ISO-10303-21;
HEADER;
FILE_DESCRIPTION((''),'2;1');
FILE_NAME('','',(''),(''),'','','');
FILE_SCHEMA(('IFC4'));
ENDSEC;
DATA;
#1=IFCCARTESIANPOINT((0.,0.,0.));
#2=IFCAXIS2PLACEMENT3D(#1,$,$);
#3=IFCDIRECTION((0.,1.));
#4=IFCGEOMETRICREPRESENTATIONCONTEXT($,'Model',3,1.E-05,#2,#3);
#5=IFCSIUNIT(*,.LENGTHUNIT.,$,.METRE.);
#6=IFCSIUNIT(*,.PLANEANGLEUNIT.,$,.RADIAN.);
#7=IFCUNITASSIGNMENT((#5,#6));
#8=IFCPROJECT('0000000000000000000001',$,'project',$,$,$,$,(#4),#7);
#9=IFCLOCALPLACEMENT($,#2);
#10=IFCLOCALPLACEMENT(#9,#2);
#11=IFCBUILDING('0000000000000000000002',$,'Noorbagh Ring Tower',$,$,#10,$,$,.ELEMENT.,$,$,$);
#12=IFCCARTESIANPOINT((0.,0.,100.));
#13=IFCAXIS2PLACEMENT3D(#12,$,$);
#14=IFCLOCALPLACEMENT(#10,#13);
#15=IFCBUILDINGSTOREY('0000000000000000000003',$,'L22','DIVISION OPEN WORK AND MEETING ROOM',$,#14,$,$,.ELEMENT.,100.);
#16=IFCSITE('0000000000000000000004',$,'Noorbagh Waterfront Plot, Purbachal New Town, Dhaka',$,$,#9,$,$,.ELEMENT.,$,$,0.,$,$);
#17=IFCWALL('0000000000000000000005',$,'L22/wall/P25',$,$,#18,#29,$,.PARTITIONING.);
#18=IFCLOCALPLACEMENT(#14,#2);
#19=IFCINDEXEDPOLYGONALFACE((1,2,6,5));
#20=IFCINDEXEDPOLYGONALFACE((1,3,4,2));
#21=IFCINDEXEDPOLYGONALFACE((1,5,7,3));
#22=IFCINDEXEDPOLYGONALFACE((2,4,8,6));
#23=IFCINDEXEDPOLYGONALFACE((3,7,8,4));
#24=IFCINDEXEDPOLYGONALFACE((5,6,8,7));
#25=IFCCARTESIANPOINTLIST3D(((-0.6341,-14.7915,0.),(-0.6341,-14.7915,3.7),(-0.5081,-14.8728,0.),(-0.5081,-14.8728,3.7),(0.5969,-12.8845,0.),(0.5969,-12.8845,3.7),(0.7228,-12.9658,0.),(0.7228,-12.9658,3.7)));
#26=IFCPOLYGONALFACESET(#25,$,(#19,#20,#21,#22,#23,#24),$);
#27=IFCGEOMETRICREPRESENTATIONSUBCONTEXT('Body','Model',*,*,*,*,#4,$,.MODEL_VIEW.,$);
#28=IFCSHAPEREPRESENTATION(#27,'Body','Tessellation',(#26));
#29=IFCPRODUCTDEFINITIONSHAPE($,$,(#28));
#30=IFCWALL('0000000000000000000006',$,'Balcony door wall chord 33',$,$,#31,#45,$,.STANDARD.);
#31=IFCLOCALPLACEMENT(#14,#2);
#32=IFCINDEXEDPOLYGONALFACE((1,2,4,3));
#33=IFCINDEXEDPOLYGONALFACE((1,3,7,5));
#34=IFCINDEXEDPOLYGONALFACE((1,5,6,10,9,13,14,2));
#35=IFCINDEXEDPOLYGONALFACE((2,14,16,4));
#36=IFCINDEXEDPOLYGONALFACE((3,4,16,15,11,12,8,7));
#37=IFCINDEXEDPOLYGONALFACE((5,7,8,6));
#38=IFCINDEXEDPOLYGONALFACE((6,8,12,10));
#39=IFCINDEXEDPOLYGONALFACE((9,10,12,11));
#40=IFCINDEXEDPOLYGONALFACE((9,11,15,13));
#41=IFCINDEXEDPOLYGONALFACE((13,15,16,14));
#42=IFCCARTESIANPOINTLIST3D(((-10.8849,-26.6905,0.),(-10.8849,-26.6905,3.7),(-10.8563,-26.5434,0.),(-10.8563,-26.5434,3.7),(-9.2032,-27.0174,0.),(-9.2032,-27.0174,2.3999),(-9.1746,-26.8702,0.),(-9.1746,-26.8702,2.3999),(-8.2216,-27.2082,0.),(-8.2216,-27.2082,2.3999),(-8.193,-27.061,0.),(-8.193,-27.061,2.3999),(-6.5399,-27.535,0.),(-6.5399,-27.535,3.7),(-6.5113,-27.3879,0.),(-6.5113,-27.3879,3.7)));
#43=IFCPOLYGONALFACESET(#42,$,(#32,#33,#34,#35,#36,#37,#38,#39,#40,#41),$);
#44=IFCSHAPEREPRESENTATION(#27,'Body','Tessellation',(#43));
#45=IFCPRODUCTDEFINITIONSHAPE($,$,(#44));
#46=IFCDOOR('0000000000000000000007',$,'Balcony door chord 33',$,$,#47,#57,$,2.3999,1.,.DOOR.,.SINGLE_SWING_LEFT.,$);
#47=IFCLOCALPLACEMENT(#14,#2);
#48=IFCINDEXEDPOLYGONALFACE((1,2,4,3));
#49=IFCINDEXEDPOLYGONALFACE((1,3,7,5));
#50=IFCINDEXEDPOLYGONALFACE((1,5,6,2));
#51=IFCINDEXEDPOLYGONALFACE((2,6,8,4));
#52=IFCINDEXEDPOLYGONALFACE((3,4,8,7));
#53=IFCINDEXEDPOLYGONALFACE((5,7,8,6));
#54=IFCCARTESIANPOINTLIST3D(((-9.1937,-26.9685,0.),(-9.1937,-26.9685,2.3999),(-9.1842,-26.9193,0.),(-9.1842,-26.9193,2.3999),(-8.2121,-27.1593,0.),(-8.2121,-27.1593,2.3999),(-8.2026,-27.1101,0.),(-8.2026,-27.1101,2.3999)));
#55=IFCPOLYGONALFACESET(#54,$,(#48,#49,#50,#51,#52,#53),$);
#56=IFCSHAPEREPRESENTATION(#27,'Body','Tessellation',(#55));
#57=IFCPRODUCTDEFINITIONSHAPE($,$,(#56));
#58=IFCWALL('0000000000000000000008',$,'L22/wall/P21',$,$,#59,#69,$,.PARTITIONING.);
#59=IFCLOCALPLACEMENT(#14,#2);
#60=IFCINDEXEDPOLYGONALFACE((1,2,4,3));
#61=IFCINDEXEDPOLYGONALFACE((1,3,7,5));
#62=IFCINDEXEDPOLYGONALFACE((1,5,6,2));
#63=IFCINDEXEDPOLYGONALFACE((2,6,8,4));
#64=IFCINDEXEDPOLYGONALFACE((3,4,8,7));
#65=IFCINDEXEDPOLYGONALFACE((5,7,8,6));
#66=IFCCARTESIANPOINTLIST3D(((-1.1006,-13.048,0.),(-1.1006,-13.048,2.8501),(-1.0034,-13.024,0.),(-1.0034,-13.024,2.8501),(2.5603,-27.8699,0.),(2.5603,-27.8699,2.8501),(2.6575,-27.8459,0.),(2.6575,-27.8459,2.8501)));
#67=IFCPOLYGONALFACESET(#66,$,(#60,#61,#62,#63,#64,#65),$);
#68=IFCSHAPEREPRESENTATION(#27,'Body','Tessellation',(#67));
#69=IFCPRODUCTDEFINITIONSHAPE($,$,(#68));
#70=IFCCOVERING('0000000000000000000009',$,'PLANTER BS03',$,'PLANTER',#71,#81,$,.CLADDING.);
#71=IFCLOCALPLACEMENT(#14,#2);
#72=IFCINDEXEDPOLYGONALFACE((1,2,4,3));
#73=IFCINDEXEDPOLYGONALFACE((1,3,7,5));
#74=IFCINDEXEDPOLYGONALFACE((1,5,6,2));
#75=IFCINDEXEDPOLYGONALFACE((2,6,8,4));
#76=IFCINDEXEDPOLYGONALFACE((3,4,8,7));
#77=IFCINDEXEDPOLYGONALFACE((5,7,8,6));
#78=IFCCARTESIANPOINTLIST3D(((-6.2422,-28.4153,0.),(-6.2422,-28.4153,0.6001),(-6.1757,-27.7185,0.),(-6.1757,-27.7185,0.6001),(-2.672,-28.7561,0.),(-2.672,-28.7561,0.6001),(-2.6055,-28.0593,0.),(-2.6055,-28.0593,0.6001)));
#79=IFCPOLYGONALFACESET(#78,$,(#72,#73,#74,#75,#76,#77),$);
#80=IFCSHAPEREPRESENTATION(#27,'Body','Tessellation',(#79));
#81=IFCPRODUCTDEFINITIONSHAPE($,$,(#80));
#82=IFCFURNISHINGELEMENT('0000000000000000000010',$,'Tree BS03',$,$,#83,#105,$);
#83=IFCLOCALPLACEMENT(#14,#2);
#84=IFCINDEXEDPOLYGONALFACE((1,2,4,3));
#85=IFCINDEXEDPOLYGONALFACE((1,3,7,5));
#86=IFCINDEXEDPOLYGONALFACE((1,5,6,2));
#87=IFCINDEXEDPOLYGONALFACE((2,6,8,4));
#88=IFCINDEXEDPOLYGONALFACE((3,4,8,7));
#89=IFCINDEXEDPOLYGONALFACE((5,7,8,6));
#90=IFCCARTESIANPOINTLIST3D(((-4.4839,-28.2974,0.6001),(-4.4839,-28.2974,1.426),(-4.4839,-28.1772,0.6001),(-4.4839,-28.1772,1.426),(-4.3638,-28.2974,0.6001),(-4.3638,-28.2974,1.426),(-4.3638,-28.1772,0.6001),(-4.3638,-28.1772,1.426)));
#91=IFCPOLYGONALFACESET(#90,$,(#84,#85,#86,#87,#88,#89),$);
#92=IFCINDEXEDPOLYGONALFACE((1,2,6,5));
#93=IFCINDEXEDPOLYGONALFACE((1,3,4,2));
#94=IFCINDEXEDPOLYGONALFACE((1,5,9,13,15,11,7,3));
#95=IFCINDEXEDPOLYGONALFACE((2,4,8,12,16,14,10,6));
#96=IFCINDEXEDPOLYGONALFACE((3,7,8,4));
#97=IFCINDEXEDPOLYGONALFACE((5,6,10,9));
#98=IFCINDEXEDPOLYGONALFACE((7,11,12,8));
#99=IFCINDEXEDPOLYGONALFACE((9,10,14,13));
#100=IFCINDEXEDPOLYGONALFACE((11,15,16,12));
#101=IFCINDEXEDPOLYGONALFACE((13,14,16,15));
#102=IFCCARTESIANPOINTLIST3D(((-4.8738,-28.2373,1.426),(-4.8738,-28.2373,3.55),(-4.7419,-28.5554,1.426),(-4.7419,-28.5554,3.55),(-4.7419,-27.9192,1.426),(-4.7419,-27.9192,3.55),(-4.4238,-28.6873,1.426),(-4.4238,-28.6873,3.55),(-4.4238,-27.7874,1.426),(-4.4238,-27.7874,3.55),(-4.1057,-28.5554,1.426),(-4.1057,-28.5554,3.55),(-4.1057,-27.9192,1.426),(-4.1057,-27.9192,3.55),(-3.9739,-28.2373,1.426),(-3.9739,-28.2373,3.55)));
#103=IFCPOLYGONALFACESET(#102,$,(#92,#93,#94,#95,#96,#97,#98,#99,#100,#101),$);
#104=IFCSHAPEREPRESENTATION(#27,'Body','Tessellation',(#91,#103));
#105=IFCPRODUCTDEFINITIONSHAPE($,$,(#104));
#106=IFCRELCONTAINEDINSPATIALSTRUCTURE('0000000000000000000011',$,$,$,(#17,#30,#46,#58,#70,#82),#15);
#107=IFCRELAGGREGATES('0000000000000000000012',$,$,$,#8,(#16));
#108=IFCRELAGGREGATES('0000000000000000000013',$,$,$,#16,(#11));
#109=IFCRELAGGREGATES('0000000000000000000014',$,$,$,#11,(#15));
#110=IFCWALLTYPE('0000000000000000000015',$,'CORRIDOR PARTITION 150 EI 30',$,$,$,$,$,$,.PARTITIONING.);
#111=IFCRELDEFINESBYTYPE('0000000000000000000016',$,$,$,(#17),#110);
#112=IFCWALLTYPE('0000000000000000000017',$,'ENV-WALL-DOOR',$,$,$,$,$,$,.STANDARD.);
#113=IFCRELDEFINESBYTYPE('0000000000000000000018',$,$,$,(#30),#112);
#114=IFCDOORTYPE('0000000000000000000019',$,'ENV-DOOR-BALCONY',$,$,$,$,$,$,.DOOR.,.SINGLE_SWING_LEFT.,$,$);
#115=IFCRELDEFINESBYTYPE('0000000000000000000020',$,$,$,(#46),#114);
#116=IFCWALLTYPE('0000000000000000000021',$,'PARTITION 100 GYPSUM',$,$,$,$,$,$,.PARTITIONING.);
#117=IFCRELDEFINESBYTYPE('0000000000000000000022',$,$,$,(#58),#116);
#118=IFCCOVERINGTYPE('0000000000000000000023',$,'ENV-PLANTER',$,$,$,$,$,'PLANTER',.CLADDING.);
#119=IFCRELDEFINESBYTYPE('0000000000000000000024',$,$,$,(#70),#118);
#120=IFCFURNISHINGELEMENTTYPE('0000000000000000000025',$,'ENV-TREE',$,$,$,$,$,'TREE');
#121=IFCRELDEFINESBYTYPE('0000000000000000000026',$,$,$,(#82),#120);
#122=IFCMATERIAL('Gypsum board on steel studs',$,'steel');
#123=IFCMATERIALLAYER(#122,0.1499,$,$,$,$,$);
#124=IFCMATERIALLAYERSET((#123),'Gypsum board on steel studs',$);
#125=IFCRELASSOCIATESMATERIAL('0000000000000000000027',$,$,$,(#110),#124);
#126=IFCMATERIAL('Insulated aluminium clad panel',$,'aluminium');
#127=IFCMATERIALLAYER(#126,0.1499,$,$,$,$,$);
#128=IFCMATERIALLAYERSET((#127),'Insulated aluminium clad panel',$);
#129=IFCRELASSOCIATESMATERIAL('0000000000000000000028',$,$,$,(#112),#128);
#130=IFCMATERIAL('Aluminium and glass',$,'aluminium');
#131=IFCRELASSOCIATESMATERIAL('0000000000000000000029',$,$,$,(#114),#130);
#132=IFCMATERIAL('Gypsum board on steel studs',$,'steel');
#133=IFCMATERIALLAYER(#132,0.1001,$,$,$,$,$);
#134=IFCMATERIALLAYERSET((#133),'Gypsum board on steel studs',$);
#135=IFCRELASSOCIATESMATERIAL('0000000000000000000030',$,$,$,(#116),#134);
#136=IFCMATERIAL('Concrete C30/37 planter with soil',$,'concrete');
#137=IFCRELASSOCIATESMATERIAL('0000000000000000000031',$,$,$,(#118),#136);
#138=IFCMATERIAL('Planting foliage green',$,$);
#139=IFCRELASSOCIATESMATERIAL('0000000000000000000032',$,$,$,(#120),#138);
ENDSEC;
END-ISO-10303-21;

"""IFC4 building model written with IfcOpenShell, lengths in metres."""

from ifc_helpers import new_model, si_unit, direction, frame, frame_2d, origin, origin_2d, place, context, subcontext, project, spatial, polyline, rectangle, outline, extrude, material, layer, layer_set, type_object, element, fill, save


model = new_model("IFC4")

# Units and contexts
model_context = context("Model", 3, precision=1e-05, world=origin(), true_north=direction((0.0, 1.0)))
body_context = subcontext(model_context, "Body", "Model", "MODEL_VIEW")
ifc_project = project(units=[si_unit("LENGTHUNIT", "METRE"), si_unit("PLANEANGLEUNIT", "RADIAN")], contexts=[model_context])

# Site, building, storey
site_placement = place(None, origin())
site = spatial("IfcSite", under=ifc_project, at=site_placement, Name="Noorbagh Waterfront Plot, Purbachal New Town, Dhaka", CompositionType="ELEMENT", RefElevation=0.0)
building_placement = place(site_placement, origin())
building = spatial("IfcBuilding", under=site, at=building_placement, Name="Noorbagh Ring Tower", CompositionType="ELEMENT")
storey_placement = place(building_placement, frame((0.0, 0.0, 100.0)))
storey = spatial("IfcBuildingStorey", under=building, at=storey_placement, Name="L22", Description="DIVISION OPEN WORK AND MEETING ROOM", CompositionType="ELEMENT", Elevation=100.0)

# Wall
ifc_material_1 = material(Name="Gypsum board on steel studs", Category="steel")
ifc_layer_1 = layer(ifc_material_1, 0.1499)
ifc_layer_set_1 = layer_set([ifc_layer_1], Name="Gypsum board on steel studs")
wall_type_1 = type_object("IfcWallType", Name="CORRIDOR PARTITION 150 EI 30", PredefinedType="PARTITIONING", material=ifc_layer_set_1)
wall_1_placement = place(storey_placement, frame((-0.571, -14.832, 0.0), z_axis=(0.0, 0.0, 1.0), x_axis=(0.542328, 0.840167, 0.0)))
element("IfcWall", 1, at=wall_1_placement, inside=storey, type_object=wall_type_1, Name="L22/wall/P25", PredefinedType="PARTITIONING", context=body_context, shape_type="SweptSolid", body=[
    extrude(rectangle(XDim=2.2698, YDim=0.1499, at=frame_2d((1.1348, 0.0))), origin(), (0.0, 0.0, 1.0), 3.7),
])

# Wall, opening, door
ifc_material_2 = material(Name="Insulated aluminium clad panel", Category="aluminium")
ifc_layer_2 = layer(ifc_material_2, 0.1499)
ifc_layer_set_2 = layer_set([ifc_layer_2], Name="Insulated aluminium clad panel")
wall_type_2 = type_object("IfcWallType", Name="ENV-WALL-DOOR", PredefinedType="STANDARD", material=ifc_layer_set_2)
wall_2_placement = place(storey_placement, frame((-10.8706, -26.6169, 0.0), z_axis=(0.0, 0.0, 1.0), x_axis=(0.981631, -0.190788, 0.0)))
wall_2 = element("IfcWall", 2, at=wall_2_placement, inside=storey, type_object=wall_type_2, Name="Balcony door wall chord 33", PredefinedType="STANDARD", context=body_context, shape_type="SweptSolid", body=[
    extrude(rectangle(XDim=4.4263, YDim=0.1499, at=frame_2d((2.2131, 0.0))), origin(), (0.0, 0.0, 1.0), 3.7),
])
opening_placement = place(wall_2_placement, frame((1.7131, 0.0, 0.0)))
opening = element("IfcOpeningElement", 3, at=opening_placement, cuts=wall_2, PredefinedType="OPENING", context=body_context, shape_type="SweptSolid", body=[
    extrude(rectangle(XDim=1.0, YDim=2.3999, at=frame_2d((0.5, 1.2))), frame((0.0, 0.085, 0.0), z_axis=(0.0, -1.0, 0.0), x_axis=(1.0, 0.0, 0.0)), (0.0, 0.0, 1.0), 0.1699),
])
ifc_material_3 = material(Name="Aluminium and glass", Category="aluminium")
door_type = type_object("IfcDoorType", Name="ENV-DOOR-BALCONY", OperationType="SINGLE_SWING_LEFT", PredefinedType="DOOR", material=ifc_material_3)
door_placement = place(opening_placement, origin())
door = element("IfcDoor", 4, at=door_placement, inside=storey, type_object=door_type, Name="Balcony door chord 33", OperationType="SINGLE_SWING_LEFT", OverallHeight=2.3999, OverallWidth=1.0, PredefinedType="DOOR", context=body_context, shape_type="SweptSolid", body=[
    extrude(rectangle(XDim=1.0, YDim=2.3999, at=frame_2d((0.5, 1.2))), frame((0.0, 0.0249, 0.0), z_axis=(0.0, -1.0, 0.0), x_axis=(1.0, 0.0, 0.0)), (0.0, 0.0, 1.0), 0.05),
])
fill(opening, door)

# Wall
ifc_material_4 = material(Name="Gypsum board on steel studs", Category="steel")
ifc_layer_3 = layer(ifc_material_4, 0.1001)
ifc_layer_set_3 = layer_set([ifc_layer_3], Name="Gypsum board on steel studs")
wall_type_3 = type_object("IfcWallType", Name="PARTITION 100 GYPSUM", PredefinedType="PARTITIONING", material=ifc_layer_set_3)
wall_3_placement = place(storey_placement, frame((-1.052, -13.0359, 0.0), z_axis=(0.0, 0.0, 1.0), x_axis=(0.239784, -0.970826, 0.0)))
element("IfcWall", 5, at=wall_3_placement, inside=storey, type_object=wall_type_3, Name="L22/wall/P21", PredefinedType="PARTITIONING", context=body_context, shape_type="SweptSolid", body=[
    extrude(rectangle(XDim=15.2673, YDim=0.1001, at=frame_2d((7.6338, 0.0))), origin(), (0.0, 0.0, 1.0), 2.8501),
])

# Covering
ifc_material_5 = material(Name="Concrete C30/37 planter with soil", Category="concrete")
covering_type = type_object("IfcCoveringType", Name="ENV-PLANTER", ElementType="PLANTER", PredefinedType="CLADDING", material=ifc_material_5)
covering_placement = place(storey_placement, frame((-4.4238, -28.2373, 0.0), z_axis=(0.0, 0.0, 1.0), x_axis=(0.995476, -0.095008, 0.0)))
element("IfcCovering", 6, at=covering_placement, inside=storey, type_object=covering_type, Name="PLANTER BS03", ObjectType="PLANTER", PredefinedType="CLADDING", context=body_context, shape_type="SweptSolid", body=[
    extrude(rectangle(XDim=3.5864, YDim=0.7, at=origin_2d()), origin(), (0.0, 0.0, 1.0), 0.6001),
])

# Furnishing element
ifc_material_6 = material(Name="Planting foliage green")
furnishing_element_type = type_object("IfcFurnishingElementType", Name="ENV-TREE", ElementType="TREE", material=ifc_material_6)
furnishing_placement = place(storey_placement, frame((-4.4238, -28.2373, 0.6001), z_axis=(0.0, 0.0, 1.0), x_axis=(1.0, 0.0, 0.0)))
element("IfcFurnishingElement", 7, at=furnishing_placement, inside=storey, type_object=furnishing_element_type, Name="Tree BS03", context=body_context, shape_type="SweptSolid", body=[
    extrude(rectangle(XDim=0.1201, YDim=0.1201, at=origin_2d()), origin(), (0.0, 0.0, 1.0), 0.8259),
    extrude(outline(polyline([(0.45, 0.0), (0.3181, 0.3181), (0.0, 0.45), (-0.3181, 0.3181), (-0.45, 0.0), (-0.3181, -0.3181), (0.0, -0.45), (0.3181, -0.3181), (0.45, 0.0)])), frame((0.0, 0.0, 0.8259)), (0.0, 0.0, 1.0), 2.124),
])

save(model, "model.ifc")
